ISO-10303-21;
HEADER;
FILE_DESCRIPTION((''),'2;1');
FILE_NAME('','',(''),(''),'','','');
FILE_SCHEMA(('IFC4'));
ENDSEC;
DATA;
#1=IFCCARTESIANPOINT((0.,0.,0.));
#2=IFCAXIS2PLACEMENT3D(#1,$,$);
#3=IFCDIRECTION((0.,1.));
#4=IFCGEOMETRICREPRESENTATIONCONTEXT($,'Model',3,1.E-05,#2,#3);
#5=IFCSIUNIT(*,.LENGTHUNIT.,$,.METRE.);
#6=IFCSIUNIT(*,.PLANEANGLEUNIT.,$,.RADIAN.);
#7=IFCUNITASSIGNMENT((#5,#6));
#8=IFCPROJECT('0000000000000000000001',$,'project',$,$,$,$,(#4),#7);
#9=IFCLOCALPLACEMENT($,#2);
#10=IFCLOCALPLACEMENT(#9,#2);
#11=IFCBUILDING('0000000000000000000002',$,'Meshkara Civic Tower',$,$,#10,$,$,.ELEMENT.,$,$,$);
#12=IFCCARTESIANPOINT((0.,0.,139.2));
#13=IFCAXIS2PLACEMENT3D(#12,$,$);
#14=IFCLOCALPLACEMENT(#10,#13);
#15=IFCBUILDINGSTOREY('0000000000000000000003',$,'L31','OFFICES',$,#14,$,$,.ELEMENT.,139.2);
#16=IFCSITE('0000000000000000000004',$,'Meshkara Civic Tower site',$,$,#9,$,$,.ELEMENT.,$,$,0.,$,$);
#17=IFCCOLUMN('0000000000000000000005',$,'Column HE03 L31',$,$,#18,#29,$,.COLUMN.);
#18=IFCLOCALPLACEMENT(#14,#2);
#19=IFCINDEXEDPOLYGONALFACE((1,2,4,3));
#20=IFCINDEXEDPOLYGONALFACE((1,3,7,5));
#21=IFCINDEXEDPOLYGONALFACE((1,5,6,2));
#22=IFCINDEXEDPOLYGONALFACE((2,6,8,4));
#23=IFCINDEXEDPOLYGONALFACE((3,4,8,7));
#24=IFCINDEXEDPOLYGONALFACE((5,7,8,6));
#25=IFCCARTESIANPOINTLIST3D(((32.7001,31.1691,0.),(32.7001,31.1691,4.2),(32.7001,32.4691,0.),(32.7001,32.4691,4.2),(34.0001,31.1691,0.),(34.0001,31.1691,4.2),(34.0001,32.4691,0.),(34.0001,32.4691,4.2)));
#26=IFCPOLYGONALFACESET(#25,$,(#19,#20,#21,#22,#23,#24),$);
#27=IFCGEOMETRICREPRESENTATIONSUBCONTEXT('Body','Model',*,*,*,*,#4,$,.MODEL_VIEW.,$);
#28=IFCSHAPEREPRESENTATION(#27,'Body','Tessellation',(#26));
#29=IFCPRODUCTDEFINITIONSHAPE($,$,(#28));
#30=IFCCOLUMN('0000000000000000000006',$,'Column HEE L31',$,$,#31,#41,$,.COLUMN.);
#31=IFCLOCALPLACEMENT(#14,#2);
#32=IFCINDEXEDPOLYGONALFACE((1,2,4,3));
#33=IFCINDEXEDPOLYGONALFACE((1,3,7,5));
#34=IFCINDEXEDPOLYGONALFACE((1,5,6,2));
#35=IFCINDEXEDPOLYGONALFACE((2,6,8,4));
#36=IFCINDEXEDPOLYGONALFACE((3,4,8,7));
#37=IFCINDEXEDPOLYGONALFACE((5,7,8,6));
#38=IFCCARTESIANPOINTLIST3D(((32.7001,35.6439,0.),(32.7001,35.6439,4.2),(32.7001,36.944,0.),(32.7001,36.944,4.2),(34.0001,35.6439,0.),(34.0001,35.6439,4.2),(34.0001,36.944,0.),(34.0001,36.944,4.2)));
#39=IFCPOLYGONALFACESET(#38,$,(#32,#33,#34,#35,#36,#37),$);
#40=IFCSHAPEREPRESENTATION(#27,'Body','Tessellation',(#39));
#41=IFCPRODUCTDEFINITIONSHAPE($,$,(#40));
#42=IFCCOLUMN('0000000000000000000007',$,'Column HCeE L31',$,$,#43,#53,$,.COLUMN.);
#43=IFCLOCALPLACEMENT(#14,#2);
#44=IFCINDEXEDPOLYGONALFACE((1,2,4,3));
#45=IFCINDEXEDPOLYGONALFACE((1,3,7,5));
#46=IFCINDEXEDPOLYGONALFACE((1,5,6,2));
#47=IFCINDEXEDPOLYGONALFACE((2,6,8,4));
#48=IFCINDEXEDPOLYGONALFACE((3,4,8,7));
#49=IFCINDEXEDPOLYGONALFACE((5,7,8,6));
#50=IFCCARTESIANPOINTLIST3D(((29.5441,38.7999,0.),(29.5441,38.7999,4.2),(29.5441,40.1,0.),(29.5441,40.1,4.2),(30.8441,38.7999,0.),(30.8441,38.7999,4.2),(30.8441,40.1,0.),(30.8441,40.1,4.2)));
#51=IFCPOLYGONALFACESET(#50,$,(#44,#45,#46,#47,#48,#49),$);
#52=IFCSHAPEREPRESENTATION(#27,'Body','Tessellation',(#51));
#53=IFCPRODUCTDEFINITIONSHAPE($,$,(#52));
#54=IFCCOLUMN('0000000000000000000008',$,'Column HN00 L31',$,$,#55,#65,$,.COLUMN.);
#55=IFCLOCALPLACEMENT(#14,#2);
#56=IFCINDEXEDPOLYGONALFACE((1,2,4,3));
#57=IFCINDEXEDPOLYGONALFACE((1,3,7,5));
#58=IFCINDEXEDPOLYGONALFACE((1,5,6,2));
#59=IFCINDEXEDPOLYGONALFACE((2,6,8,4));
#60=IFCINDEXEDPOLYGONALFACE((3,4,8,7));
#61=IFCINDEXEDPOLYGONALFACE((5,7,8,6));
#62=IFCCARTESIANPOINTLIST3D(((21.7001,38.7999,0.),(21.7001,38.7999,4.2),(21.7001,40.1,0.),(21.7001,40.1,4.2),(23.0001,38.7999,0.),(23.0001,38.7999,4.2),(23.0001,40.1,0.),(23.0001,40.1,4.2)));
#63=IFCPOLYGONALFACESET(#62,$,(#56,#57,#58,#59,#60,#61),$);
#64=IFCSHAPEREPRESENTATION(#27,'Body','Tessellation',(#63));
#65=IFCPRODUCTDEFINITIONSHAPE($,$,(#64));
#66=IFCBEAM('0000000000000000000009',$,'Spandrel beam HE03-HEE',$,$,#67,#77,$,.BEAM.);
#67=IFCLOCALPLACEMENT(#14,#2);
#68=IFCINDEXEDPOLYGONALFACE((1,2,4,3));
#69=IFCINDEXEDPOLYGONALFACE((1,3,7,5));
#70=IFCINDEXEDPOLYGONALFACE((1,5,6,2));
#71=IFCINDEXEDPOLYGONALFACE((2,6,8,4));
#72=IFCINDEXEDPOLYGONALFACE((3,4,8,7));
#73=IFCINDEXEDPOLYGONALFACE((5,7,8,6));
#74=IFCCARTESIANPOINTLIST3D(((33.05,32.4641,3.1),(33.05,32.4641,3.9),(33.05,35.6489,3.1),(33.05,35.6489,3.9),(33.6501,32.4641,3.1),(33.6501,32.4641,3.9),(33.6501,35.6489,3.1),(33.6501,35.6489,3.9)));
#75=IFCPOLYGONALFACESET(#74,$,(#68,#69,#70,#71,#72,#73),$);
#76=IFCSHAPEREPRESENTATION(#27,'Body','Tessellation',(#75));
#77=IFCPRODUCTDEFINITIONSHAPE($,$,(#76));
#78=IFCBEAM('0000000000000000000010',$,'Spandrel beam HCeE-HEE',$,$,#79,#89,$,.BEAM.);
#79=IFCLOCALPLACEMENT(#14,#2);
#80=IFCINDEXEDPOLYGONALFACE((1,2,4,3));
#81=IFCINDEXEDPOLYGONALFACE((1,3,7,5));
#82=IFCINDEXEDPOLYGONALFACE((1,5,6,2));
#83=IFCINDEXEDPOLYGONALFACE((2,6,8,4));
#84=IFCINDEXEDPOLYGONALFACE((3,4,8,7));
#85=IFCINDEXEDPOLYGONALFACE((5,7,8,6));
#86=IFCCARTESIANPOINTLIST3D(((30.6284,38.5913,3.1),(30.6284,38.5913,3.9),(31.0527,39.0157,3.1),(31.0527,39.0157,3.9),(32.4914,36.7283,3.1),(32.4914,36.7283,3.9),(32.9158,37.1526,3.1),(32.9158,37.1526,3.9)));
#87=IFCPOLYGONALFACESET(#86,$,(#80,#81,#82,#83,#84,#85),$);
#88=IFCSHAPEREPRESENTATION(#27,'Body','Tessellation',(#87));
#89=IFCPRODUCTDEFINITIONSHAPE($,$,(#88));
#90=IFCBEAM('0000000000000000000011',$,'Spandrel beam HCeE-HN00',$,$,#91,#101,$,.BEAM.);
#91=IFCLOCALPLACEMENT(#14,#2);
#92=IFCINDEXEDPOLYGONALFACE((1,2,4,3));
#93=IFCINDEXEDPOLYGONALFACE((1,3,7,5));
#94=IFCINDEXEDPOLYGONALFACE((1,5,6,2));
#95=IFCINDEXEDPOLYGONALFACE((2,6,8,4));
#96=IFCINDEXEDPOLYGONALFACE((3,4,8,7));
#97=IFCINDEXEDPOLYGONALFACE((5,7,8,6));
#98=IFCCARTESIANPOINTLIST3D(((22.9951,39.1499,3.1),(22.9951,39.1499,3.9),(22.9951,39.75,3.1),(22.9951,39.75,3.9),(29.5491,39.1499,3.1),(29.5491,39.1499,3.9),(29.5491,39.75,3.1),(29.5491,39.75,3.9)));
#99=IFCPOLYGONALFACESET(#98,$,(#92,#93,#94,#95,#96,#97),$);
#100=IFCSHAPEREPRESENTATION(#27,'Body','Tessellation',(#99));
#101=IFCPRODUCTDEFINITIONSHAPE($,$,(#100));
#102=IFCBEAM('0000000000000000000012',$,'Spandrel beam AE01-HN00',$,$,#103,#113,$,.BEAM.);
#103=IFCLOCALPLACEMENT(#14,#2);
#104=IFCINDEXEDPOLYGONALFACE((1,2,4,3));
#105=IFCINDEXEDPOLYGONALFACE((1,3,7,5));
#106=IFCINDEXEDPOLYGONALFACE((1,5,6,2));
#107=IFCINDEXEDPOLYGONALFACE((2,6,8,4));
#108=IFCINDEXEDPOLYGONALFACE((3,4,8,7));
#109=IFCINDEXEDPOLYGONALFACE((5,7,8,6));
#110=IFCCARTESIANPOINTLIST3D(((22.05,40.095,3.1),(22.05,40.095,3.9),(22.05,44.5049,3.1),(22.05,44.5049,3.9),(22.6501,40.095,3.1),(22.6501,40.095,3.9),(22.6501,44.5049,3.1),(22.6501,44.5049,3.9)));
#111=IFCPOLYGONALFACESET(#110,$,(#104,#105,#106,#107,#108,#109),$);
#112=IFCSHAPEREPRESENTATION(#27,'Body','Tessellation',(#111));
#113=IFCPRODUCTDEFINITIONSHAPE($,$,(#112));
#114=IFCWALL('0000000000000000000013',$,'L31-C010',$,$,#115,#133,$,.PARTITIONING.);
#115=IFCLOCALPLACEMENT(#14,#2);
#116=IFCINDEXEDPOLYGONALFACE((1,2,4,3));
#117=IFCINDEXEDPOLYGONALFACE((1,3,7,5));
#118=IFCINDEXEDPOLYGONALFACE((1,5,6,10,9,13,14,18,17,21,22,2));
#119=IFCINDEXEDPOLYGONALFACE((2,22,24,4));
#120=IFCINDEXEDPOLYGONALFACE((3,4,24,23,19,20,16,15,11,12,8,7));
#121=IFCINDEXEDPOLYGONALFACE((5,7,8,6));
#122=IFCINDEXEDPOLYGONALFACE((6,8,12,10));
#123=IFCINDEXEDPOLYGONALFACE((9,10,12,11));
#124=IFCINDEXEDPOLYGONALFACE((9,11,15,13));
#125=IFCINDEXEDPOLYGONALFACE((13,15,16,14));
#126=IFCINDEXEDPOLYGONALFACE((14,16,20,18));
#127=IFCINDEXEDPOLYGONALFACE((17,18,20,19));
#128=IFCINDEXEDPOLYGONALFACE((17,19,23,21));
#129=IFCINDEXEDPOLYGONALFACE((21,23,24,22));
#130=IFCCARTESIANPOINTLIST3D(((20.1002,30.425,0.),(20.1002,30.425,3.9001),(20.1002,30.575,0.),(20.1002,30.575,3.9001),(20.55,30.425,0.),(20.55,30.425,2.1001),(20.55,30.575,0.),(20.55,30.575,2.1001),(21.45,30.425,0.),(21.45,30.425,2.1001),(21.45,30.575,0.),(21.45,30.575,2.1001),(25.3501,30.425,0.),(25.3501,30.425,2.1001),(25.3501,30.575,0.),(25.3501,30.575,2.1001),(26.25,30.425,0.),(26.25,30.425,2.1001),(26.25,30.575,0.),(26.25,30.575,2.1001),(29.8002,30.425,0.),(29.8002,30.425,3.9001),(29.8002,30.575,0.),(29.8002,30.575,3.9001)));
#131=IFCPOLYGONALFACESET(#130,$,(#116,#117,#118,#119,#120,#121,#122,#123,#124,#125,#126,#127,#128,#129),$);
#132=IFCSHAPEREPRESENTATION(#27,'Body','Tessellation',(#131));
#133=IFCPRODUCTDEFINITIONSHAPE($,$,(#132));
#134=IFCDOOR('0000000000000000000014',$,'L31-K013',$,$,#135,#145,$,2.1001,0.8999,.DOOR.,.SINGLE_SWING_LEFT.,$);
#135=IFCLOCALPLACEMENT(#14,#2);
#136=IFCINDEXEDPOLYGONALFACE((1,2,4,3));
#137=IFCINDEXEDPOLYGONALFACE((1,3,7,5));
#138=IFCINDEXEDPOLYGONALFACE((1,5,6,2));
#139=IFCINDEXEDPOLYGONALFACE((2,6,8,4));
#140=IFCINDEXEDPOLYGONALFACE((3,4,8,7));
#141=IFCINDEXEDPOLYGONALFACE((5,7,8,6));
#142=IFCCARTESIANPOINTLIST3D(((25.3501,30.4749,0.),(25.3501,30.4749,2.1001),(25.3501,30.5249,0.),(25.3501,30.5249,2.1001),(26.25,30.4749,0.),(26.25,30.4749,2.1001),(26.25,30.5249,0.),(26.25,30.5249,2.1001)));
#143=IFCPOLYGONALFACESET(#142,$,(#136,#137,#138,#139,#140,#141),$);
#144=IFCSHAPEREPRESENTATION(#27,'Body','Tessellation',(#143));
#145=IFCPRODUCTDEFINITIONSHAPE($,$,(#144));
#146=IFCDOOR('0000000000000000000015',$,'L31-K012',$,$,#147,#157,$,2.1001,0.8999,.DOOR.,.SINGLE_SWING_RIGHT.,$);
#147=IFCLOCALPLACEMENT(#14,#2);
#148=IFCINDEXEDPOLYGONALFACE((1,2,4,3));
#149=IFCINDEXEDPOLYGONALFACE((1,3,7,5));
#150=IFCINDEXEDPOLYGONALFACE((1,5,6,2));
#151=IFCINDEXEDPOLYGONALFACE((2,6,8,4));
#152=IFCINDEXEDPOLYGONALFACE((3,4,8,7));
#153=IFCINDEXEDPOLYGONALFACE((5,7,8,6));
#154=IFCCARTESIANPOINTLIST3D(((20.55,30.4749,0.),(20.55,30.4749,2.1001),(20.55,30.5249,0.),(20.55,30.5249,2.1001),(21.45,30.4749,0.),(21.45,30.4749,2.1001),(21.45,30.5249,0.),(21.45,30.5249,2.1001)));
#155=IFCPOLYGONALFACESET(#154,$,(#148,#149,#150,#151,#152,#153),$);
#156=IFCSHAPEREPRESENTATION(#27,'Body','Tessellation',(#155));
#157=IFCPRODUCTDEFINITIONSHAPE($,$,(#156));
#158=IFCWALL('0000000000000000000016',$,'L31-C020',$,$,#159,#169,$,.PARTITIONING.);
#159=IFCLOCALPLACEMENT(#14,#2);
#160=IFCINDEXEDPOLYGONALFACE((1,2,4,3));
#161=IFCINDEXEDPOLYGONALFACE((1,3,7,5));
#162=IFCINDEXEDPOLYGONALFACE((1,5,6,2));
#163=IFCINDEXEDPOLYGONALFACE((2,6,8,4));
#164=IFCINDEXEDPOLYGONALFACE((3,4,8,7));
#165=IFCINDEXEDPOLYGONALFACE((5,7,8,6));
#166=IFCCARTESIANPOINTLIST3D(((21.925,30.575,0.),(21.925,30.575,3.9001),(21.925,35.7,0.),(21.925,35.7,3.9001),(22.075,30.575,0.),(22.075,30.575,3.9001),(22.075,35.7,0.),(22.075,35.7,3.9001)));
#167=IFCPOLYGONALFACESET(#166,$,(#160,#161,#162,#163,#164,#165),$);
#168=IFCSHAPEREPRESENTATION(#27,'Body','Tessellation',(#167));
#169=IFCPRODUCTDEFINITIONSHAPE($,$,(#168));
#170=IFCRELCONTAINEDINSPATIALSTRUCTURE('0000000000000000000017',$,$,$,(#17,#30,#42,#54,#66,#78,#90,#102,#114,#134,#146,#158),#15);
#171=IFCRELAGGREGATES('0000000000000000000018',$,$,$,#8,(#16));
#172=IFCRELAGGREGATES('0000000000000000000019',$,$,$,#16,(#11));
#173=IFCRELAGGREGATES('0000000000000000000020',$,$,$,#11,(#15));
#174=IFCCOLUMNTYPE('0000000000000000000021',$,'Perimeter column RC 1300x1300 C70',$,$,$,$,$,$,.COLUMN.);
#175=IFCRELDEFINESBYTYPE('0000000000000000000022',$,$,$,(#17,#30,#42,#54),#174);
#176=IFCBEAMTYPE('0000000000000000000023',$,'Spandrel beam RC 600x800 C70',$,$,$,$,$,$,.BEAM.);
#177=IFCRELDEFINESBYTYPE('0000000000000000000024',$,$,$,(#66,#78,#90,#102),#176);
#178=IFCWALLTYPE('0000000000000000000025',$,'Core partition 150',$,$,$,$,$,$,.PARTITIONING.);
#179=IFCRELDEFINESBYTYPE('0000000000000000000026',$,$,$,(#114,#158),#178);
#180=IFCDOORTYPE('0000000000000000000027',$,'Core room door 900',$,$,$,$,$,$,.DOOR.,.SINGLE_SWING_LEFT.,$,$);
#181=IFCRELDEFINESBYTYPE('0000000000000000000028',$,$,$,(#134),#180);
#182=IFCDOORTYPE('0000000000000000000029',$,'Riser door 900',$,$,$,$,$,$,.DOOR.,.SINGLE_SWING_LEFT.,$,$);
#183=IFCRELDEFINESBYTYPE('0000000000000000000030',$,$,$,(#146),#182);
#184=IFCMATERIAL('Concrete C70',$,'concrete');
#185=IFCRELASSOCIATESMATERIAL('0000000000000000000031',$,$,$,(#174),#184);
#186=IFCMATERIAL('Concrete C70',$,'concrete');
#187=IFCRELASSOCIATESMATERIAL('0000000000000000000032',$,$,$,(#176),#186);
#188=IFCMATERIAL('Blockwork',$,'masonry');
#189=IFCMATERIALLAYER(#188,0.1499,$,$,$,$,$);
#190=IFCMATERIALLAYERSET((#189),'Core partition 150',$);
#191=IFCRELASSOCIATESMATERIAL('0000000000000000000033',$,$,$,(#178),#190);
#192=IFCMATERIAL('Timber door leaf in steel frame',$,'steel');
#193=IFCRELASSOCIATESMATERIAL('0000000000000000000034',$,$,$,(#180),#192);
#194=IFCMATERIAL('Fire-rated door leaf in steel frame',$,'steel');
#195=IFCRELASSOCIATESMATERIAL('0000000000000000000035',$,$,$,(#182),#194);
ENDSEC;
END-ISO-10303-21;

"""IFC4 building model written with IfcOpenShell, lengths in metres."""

from ifc_helpers import new_model, si_unit, direction, frame, frame_2d, origin, origin_2d, place, context, subcontext, project, spatial, rectangle, extrude, material, layer, layer_set, material_profile, profile_set, type_object, element, fill, save


model = new_model("IFC4")

# Units and contexts
model_context = context("Model", 3, precision=1e-05, world=origin(), true_north=direction((0.0, 1.0)))
body_context = subcontext(model_context, "Body", "Model", "MODEL_VIEW")
ifc_project = project(units=[si_unit("LENGTHUNIT", "METRE"), si_unit("PLANEANGLEUNIT", "RADIAN")], contexts=[model_context])

# Site, building, storey
site_placement = place(None, origin())
site = spatial("IfcSite", under=ifc_project, at=site_placement, Name="Meshkara Civic Tower site", CompositionType="ELEMENT", RefElevation=0.0)
building_placement = place(site_placement, origin())
building = spatial("IfcBuilding", under=site, at=building_placement, Name="Meshkara Civic Tower", CompositionType="ELEMENT")
storey_placement = place(building_placement, frame((0.0, 0.0, 139.2)))
storey = spatial("IfcBuildingStorey", under=building, at=storey_placement, Name="L31", Description="OFFICES", CompositionType="ELEMENT", Elevation=139.2)

# Columns
ifc_material_1 = material(Name="Concrete C70", Category="concrete")
ifc_material_profile_1 = material_profile(ifc_material_1, rectangle(XDim=1.3, YDim=1.3, at=origin_2d()))
ifc_profile_set_1 = profile_set([ifc_material_profile_1], Name="Concrete C70")
column_type = type_object("IfcColumnType", Name="Perimeter column RC 1300x1300 C70", PredefinedType="COLUMN", material=ifc_profile_set_1)
for number, where, z_axis, x_axis, name in (
    (1, (33.3501, 31.8191, 0.0), (0.0, 0.0, 1.0), (1.0, 0.0, 0.0), "Column HE03 L31"),
    (2, (33.3501, 36.2939, 0.0), (0.0, 0.0, 1.0), (1.0, 0.0, 0.0), "Column HEE L31"),
    (3, (30.1941, 39.45, 0.0), (0.0, 0.0, 1.0), (1.0, 0.0, 0.0), "Column HCeE L31"),
    (4, (22.3501, 39.45, 0.0), (0.0, 0.0, 1.0), (1.0, 0.0, 0.0), "Column HN00 L31"),
):
    element("IfcColumn", number, at=place(storey_placement, frame(where, z_axis=z_axis, x_axis=x_axis)), inside=storey, type_object=column_type, Name=name, PredefinedType="COLUMN", context=body_context, shape_type="SweptSolid", body=[
        extrude(rectangle(XDim=1.3, YDim=1.3, at=origin_2d()), origin(), (0.0, 0.0, 1.0), 4.2),
    ])

# Beams
ifc_material_2 = material(Name="Concrete C70", Category="concrete")
ifc_material_profile_2 = material_profile(ifc_material_2, rectangle(XDim=0.6001, YDim=0.8, at=origin_2d()))
ifc_profile_set_2 = profile_set([ifc_material_profile_2], Name="Concrete C70")
beam_type = type_object("IfcBeamType", Name="Spandrel beam RC 600x800 C70", PredefinedType="BEAM", material=ifc_profile_set_2)
beam_1_placement = place(storey_placement, frame((33.3501, 32.4641, 3.5), z_axis=(0.0, 1.0, 0.0), x_axis=(-1.0, 0.0, 0.0)))
element("IfcBeam", 5, at=beam_1_placement, inside=storey, type_object=beam_type, Name="Spandrel beam HE03-HEE", PredefinedType="BEAM", context=body_context, shape_type="SweptSolid", body=[
    extrude(rectangle(XDim=0.6001, YDim=0.8, at=origin_2d()), origin(), (0.0, 0.0, 1.0), 3.1848),
])
beam_2_placement = place(storey_placement, frame((32.7036, 36.9404, 3.5), z_axis=(-0.707107, 0.707107, 0.0), x_axis=(-0.707107, -0.707107, 0.0)))
element("IfcBeam", 6, at=beam_2_placement, inside=storey, type_object=beam_type, Name="Spandrel beam HCeE-HEE", PredefinedType="BEAM", context=body_context, shape_type="SweptSolid", body=[
    extrude(rectangle(XDim=0.6001, YDim=0.8, at=origin_2d()), origin(), (0.0, 0.0, 1.0), 2.6348),
])
beam_3_placement = place(storey_placement, frame((29.5491, 39.45, 3.5), z_axis=(-1.0, 0.0, 0.0), x_axis=(0.0, -1.0, 0.0)))
element("IfcBeam", 7, at=beam_3_placement, inside=storey, type_object=beam_type, Name="Spandrel beam HCeE-HN00", PredefinedType="BEAM", context=body_context, shape_type="SweptSolid", body=[
    extrude(rectangle(XDim=0.6001, YDim=0.8, at=origin_2d()), origin(), (0.0, 0.0, 1.0), 6.554),
])
beam_4_placement = place(storey_placement, frame((22.3501, 40.095, 3.5), z_axis=(0.0, 1.0, 0.0), x_axis=(-1.0, 0.0, 0.0)))
element("IfcBeam", 8, at=beam_4_placement, inside=storey, type_object=beam_type, Name="Spandrel beam AE01-HN00", PredefinedType="BEAM", context=body_context, shape_type="SweptSolid", body=[
    extrude(rectangle(XDim=0.6001, YDim=0.8, at=origin_2d()), origin(), (0.0, 0.0, 1.0), 4.4099),
])

# Wall, openings, doors
ifc_material_3 = material(Name="Blockwork", Category="masonry")
ifc_layer_1 = layer(ifc_material_3, 0.1499)
ifc_layer_set_1 = layer_set([ifc_layer_1], Name="Core partition 150")
wall_type_1 = type_object("IfcWallType", Name="Core partition 150", PredefinedType="PARTITIONING", material=ifc_layer_set_1)
wall_1_placement = place(storey_placement, frame((20.1001, 30.5, 0.0), z_axis=(0.0, 0.0, 1.0), x_axis=(1.0, 0.0, 0.0)))
wall_1 = element("IfcWall", 9, at=wall_1_placement, inside=storey, type_object=wall_type_1, Name="L31-C010", PredefinedType="PARTITIONING", context=body_context, shape_type="SweptSolid", body=[
    extrude(rectangle(XDim=9.7, YDim=0.1499, at=frame_2d((4.8501, 0.0))), origin(), (0.0, 0.0, 1.0), 3.9001),
])
opening_1_placement = place(wall_1_placement, frame((0.45, 0.0, 0.0)))
opening_1 = element("IfcOpeningElement", 10, at=opening_1_placement, cuts=wall_1, PredefinedType="OPENING", context=body_context, shape_type="SweptSolid", body=[
    extrude(rectangle(XDim=0.8999, YDim=2.1001, at=frame_2d((0.45, 1.05))), frame((0.0, 0.085, 0.0), z_axis=(0.0, -1.0, 0.0), x_axis=(1.0, 0.0, 0.0)), (0.0, 0.0, 1.0), 0.1699),
])
opening_2_placement = place(wall_1_placement, frame((5.25, 0.0, 0.0)))
opening_2 = element("IfcOpeningElement", 11, at=opening_2_placement, cuts=wall_1, PredefinedType="OPENING", context=body_context, shape_type="SweptSolid", body=[
    extrude(rectangle(XDim=0.8999, YDim=2.1001, at=frame_2d((0.45, 1.05))), frame((0.0, 0.085, 0.0), z_axis=(0.0, -1.0, 0.0), x_axis=(1.0, 0.0, 0.0)), (0.0, 0.0, 1.0), 0.1699),
])
ifc_material_4 = material(Name="Timber door leaf in steel frame", Category="steel")
door_type_1 = type_object("IfcDoorType", Name="Core room door 900", OperationType="SINGLE_SWING_LEFT", PredefinedType="DOOR", material=ifc_material_4)
door_1_placement = place(opening_2_placement, origin())
door_1 = element("IfcDoor", 12, at=door_1_placement, inside=storey, type_object=door_type_1, Name="L31-K013", OperationType="SINGLE_SWING_LEFT", OverallHeight=2.1001, OverallWidth=0.8999, PredefinedType="DOOR", context=body_context, shape_type="SweptSolid", body=[
    extrude(rectangle(XDim=0.8999, YDim=2.1001, at=frame_2d((0.45, 1.05))), frame((0.0, 0.0249, 0.0), z_axis=(0.0, -1.0, 0.0), x_axis=(1.0, 0.0, 0.0)), (0.0, 0.0, 1.0), 0.05),
])
fill(opening_2, door_1)
ifc_material_5 = material(Name="Fire-rated door leaf in steel frame", Category="steel")
door_type_2 = type_object("IfcDoorType", Name="Riser door 900", OperationType="SINGLE_SWING_LEFT", PredefinedType="DOOR", material=ifc_material_5)
door_2_placement = place(opening_1_placement, origin())
door_2 = element("IfcDoor", 13, at=door_2_placement, inside=storey, type_object=door_type_2, Name="L31-K012", OperationType="SINGLE_SWING_RIGHT", OverallHeight=2.1001, OverallWidth=0.8999, PredefinedType="DOOR", context=body_context, shape_type="SweptSolid", body=[
    extrude(rectangle(XDim=0.8999, YDim=2.1001, at=frame_2d((0.45, 1.05))), frame((0.0, 0.0249, 0.0), z_axis=(0.0, -1.0, 0.0), x_axis=(1.0, 0.0, 0.0)), (0.0, 0.0, 1.0), 0.05),
])
fill(opening_1, door_2)

# Wall
wall_2_placement = place(storey_placement, frame((22.0, 30.575, 0.0), z_axis=(0.0, 0.0, 1.0), x_axis=(0.0, 1.0, 0.0)))
element("IfcWall", 14, at=wall_2_placement, inside=storey, type_object=wall_type_1, Name="L31-C020", PredefinedType="PARTITIONING", context=body_context, shape_type="SweptSolid", body=[
    extrude(rectangle(XDim=5.125, YDim=0.1499, at=frame_2d((2.5625, 0.0))), origin(), (0.0, 0.0, 1.0), 3.9001),
])

save(model, "model.ifc")
